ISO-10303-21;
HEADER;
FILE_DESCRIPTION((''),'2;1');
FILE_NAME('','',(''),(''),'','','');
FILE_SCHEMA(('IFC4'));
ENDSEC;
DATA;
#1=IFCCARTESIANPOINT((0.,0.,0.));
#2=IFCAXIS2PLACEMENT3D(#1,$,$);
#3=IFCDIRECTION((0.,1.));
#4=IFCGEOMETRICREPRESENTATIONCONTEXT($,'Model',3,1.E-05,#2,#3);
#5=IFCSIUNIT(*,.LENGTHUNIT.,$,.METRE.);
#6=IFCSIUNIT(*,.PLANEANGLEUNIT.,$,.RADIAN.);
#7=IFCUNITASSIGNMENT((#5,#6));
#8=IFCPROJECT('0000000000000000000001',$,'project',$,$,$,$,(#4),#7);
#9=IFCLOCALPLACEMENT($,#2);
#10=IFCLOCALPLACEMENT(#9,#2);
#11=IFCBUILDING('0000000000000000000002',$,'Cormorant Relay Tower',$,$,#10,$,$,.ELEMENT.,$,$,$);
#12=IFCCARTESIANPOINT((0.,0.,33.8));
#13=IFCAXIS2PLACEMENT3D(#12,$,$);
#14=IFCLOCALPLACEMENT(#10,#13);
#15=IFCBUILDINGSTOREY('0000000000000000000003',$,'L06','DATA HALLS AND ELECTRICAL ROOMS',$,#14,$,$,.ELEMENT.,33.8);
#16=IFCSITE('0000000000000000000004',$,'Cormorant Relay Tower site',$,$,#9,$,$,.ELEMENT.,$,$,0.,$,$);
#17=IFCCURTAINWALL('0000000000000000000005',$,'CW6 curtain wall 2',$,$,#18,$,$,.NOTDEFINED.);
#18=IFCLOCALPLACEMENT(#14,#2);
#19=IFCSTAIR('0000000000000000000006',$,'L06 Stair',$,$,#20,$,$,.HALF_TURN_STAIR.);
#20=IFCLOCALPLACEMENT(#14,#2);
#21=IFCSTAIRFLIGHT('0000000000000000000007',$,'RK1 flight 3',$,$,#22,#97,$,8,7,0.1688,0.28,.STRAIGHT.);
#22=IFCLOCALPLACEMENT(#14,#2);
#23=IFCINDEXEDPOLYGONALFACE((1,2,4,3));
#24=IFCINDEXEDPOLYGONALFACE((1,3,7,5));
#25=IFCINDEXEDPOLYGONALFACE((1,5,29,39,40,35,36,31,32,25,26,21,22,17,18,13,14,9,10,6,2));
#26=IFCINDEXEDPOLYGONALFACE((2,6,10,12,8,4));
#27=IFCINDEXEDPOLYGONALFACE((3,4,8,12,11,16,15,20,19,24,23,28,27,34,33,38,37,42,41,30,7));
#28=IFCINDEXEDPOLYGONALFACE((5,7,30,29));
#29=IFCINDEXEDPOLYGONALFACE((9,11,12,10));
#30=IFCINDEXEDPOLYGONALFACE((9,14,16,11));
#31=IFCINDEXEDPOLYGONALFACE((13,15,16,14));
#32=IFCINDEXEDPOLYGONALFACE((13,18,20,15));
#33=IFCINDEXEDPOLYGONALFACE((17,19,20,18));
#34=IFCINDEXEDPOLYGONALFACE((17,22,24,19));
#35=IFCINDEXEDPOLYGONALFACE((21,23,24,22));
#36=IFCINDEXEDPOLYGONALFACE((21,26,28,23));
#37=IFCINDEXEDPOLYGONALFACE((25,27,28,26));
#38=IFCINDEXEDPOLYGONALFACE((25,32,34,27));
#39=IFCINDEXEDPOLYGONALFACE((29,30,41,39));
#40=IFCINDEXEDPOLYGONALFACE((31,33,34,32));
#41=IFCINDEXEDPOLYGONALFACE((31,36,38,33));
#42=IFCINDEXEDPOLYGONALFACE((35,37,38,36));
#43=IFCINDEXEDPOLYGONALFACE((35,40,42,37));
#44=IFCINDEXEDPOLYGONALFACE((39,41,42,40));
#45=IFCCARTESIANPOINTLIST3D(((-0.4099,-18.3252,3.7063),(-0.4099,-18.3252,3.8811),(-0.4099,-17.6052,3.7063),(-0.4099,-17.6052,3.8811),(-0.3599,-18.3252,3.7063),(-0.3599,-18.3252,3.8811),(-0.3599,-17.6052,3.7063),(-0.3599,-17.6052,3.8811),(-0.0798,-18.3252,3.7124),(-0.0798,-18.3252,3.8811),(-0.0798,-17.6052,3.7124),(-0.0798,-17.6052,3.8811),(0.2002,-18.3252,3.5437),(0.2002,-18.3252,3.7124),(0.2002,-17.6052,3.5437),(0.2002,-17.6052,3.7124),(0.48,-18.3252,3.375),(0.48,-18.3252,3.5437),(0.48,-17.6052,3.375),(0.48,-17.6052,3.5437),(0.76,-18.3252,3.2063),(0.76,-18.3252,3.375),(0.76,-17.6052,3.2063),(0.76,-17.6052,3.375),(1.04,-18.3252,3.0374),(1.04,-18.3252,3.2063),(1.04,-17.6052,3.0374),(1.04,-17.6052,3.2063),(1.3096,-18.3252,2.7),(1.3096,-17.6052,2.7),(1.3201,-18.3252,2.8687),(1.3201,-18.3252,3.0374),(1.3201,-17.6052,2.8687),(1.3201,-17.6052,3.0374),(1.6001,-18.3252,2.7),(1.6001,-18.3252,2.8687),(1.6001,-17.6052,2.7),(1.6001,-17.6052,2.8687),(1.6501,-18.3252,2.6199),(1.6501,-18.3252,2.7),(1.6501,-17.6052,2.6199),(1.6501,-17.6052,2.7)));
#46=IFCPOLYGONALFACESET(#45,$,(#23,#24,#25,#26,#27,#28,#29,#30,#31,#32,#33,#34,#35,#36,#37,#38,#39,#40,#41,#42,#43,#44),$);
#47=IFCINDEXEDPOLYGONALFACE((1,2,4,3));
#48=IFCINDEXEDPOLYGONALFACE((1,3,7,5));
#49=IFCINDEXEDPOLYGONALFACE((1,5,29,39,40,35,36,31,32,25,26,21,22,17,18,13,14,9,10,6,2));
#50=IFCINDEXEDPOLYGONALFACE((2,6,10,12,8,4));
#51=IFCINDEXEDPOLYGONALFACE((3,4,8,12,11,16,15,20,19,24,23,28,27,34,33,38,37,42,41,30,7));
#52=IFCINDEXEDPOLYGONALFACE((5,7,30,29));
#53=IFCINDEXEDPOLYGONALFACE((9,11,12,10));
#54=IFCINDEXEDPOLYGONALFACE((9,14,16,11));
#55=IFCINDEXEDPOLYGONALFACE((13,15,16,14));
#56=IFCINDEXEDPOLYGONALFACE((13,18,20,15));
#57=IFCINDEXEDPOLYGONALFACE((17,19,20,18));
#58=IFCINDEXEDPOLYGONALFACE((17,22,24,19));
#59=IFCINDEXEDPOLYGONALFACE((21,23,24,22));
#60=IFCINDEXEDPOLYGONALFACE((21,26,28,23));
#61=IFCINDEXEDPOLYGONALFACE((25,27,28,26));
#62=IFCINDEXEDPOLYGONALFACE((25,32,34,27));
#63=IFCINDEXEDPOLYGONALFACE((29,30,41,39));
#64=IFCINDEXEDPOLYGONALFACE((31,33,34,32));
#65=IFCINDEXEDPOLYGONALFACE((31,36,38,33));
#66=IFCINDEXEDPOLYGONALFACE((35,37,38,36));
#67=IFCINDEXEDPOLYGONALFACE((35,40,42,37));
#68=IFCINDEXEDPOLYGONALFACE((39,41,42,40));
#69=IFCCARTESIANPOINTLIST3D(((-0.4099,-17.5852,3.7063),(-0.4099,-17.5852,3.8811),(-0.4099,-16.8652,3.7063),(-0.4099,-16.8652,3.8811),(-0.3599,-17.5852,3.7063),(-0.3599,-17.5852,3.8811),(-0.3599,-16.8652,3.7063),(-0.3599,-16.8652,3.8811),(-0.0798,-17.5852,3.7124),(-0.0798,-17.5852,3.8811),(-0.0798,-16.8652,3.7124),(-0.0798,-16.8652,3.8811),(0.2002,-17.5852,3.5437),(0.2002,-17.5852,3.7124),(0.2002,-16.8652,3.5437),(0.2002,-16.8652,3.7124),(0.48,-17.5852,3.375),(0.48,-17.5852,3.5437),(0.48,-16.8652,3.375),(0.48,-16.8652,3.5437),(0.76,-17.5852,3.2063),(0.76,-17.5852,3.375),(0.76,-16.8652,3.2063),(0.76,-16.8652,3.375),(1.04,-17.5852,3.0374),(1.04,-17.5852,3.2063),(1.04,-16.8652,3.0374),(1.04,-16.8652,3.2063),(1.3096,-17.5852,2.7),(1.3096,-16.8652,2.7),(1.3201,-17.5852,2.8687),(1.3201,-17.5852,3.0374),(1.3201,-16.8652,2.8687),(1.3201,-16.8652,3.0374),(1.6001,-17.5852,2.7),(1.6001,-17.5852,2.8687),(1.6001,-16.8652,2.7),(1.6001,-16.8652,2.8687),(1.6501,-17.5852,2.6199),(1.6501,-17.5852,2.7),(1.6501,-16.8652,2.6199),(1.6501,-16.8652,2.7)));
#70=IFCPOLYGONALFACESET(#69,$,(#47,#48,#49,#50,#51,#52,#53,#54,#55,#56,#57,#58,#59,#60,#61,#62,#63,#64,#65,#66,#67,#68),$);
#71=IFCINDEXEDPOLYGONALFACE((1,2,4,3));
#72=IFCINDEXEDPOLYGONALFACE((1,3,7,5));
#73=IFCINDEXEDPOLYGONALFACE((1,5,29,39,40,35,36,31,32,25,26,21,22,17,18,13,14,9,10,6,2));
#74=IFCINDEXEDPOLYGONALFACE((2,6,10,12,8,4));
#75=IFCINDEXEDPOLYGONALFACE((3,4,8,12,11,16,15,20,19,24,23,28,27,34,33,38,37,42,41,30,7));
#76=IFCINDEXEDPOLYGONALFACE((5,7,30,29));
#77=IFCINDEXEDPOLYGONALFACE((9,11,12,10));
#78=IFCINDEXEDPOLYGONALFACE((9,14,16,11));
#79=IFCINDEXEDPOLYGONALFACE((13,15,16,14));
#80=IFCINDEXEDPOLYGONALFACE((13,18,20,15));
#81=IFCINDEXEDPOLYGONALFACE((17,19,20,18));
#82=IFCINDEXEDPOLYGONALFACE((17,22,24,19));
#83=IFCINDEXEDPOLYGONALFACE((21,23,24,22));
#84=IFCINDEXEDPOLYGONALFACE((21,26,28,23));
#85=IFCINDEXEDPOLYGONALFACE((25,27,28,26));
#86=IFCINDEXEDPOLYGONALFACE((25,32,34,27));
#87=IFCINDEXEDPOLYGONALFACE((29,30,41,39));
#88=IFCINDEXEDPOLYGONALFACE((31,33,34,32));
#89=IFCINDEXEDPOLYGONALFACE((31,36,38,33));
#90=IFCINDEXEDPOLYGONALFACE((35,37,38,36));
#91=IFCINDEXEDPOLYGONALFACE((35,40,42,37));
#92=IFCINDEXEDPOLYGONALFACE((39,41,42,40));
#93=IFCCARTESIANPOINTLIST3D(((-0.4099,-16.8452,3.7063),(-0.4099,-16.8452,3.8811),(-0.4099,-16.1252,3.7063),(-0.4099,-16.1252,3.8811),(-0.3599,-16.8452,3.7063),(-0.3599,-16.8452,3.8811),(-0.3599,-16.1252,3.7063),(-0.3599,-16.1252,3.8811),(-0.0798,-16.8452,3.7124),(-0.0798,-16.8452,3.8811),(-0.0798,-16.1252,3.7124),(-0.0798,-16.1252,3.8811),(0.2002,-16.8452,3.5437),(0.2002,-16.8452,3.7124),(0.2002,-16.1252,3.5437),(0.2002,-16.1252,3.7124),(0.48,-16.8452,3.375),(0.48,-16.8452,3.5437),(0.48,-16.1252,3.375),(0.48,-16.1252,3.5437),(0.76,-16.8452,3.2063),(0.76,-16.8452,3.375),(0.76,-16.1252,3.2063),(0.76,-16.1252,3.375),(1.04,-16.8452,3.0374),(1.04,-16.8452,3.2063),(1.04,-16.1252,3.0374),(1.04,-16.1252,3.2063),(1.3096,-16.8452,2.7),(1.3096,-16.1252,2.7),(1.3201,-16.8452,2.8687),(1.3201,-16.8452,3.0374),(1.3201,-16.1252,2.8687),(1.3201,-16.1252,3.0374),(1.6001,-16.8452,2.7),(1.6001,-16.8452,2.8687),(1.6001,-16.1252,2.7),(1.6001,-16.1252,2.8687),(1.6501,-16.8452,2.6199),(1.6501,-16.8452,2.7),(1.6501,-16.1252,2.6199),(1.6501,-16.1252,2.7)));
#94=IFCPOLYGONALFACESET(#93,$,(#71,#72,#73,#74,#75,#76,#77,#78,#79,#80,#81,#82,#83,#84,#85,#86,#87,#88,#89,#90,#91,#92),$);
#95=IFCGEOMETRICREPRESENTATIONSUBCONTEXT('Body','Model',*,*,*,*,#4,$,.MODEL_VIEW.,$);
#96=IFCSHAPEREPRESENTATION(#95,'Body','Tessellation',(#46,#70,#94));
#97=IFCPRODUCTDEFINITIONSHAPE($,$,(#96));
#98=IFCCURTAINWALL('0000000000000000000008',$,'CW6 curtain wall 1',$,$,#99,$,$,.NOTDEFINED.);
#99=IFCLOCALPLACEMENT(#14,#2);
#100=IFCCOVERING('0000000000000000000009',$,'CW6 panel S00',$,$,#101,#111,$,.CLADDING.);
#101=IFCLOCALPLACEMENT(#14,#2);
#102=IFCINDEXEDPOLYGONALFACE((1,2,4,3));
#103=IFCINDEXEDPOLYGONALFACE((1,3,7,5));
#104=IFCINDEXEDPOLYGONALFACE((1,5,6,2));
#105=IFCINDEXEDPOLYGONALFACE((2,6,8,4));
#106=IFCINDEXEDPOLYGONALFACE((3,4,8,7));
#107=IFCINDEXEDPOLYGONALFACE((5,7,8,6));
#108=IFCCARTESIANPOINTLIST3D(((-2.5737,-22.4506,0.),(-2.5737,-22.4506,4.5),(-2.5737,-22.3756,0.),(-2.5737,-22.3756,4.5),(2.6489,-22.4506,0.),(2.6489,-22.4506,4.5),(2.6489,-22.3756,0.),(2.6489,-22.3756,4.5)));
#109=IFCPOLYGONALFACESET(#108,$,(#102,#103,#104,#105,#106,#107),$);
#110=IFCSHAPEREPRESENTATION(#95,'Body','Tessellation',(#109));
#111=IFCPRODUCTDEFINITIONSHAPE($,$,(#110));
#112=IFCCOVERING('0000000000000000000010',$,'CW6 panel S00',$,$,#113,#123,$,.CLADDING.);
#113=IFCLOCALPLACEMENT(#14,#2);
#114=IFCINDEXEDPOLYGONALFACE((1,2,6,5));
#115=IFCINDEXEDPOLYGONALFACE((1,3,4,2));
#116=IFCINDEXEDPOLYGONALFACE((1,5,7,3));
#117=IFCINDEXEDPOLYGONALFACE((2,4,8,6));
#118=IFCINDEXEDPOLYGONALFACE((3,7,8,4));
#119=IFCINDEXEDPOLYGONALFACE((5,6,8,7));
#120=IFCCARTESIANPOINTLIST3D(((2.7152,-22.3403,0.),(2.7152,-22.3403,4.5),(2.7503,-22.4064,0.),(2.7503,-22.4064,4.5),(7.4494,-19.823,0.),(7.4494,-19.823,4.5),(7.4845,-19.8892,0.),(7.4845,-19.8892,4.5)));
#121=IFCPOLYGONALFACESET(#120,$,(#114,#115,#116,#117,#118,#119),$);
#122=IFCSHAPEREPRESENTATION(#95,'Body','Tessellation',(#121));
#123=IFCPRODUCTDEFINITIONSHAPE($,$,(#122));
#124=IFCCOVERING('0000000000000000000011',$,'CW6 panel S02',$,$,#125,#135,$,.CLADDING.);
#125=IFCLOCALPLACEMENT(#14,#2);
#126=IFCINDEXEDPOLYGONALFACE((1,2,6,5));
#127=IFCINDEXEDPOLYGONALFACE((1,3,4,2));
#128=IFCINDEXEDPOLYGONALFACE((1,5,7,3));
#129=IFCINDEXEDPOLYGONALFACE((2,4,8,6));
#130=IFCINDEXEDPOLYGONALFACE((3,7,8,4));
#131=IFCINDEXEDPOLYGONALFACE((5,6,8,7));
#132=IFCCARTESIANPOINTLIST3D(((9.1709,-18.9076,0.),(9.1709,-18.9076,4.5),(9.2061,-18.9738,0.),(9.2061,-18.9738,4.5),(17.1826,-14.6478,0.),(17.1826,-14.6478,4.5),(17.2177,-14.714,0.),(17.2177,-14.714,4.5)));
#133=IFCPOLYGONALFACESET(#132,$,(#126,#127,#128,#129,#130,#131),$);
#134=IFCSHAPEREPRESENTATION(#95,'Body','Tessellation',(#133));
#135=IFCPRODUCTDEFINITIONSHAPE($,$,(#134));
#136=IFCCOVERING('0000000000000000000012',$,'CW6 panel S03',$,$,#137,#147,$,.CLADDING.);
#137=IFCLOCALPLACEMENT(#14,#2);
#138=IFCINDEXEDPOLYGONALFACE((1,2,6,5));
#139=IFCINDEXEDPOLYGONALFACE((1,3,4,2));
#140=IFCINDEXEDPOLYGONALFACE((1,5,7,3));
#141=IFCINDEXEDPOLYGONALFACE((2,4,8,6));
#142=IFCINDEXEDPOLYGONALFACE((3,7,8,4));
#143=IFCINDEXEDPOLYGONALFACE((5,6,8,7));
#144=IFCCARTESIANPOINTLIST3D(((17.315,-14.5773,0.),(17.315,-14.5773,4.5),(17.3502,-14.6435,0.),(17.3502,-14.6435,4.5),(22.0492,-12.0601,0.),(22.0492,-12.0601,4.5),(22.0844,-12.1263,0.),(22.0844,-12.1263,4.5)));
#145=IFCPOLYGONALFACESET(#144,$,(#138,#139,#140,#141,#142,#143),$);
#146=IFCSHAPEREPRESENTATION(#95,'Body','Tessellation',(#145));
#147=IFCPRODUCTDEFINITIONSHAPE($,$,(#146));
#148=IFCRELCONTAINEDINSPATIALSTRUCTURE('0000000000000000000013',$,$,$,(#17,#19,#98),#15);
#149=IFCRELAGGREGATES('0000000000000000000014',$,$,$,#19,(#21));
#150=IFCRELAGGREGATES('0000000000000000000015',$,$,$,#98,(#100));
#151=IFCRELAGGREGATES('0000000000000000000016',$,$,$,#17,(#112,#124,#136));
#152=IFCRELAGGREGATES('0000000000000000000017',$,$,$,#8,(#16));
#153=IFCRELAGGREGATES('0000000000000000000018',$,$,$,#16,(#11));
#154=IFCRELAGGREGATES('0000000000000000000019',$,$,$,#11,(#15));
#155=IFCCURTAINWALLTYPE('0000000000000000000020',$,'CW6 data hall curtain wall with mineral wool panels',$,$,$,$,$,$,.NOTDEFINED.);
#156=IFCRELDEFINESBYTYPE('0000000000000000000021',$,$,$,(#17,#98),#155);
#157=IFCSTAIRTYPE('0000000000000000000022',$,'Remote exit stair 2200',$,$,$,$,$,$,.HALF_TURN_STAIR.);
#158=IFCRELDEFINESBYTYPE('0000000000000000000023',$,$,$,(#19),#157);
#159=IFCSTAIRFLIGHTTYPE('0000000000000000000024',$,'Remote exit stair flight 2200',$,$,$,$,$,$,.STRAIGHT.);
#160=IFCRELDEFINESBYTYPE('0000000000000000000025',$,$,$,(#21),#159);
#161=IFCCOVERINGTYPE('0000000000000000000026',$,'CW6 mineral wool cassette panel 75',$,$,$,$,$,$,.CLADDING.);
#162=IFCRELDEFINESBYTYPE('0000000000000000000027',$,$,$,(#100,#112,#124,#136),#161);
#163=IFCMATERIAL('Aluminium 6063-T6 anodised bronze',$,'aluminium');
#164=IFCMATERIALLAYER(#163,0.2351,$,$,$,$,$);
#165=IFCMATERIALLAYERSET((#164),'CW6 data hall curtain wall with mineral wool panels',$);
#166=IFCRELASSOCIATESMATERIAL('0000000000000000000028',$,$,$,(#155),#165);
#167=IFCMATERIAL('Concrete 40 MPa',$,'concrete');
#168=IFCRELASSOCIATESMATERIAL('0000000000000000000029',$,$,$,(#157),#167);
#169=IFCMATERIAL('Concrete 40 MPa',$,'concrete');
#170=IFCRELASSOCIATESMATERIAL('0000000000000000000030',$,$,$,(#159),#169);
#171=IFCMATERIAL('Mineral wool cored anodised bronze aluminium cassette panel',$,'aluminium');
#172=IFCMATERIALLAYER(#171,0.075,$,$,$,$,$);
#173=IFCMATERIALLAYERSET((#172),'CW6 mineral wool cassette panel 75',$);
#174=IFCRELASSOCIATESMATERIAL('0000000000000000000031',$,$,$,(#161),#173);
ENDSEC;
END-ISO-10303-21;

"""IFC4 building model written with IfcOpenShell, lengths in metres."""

from ifc_helpers import new_model, si_unit, direction, frame, origin, origin_2d, place, context, subcontext, project, spatial, polyline, rectangle, outline, extrude, material, layer, layer_set, type_object, element, aggregate, save


model = new_model("IFC4")

# Units and contexts
model_context = context("Model", 3, precision=1e-05, world=origin(), true_north=direction((0.0, 1.0)))
body_context = subcontext(model_context, "Body", "Model", "MODEL_VIEW")
ifc_project = project(units=[si_unit("LENGTHUNIT", "METRE"), si_unit("PLANEANGLEUNIT", "RADIAN")], contexts=[model_context])

# Site, building, storey
site_placement = place(None, origin())
site = spatial("IfcSite", under=ifc_project, at=site_placement, Name="Cormorant Relay Tower site", CompositionType="ELEMENT", RefElevation=0.0)
building_placement = place(site_placement, origin())
building = spatial("IfcBuilding", under=site, at=building_placement, Name="Cormorant Relay Tower", CompositionType="ELEMENT")
storey_placement = place(building_placement, frame((0.0, 0.0, 33.8)))
storey = spatial("IfcBuildingStorey", under=building, at=storey_placement, Name="L06", Description="DATA HALLS AND ELECTRICAL ROOMS", CompositionType="ELEMENT", Elevation=33.8)

# Curtain wall
ifc_material_1 = material(Name="Aluminium 6063-T6 anodised bronze", Category="aluminium")
ifc_layer_1 = layer(ifc_material_1, 0.2351)
ifc_layer_set_1 = layer_set([ifc_layer_1], Name="CW6 data hall curtain wall with mineral wool panels")
curtain_wall_type = type_object("IfcCurtainWallType", Name="CW6 data hall curtain wall with mineral wool panels", PredefinedType="NOTDEFINED", material=ifc_layer_set_1)
curtain_wall_1_placement = place(storey_placement, origin())
curtain_wall_1 = element("IfcCurtainWall", 1, at=curtain_wall_1_placement, inside=storey, type_object=curtain_wall_type, Name="CW6 curtain wall 2", PredefinedType="NOTDEFINED")

# Stair, stair flight
ifc_material_2 = material(Name="Concrete 40 MPa", Category="concrete")
stair_type = type_object("IfcStairType", Name="Remote exit stair 2200", PredefinedType="HALF_TURN_STAIR", material=ifc_material_2)
stair_placement = place(storey_placement, origin())
stair = element("IfcStair", 2, at=stair_placement, inside=storey, type_object=stair_type, Name="L06 Stair", PredefinedType="HALF_TURN_STAIR")
ifc_material_3 = material(Name="Concrete 40 MPa", Category="concrete")
stair_flight_type = type_object("IfcStairFlightType", Name="Remote exit stair flight 2200", PredefinedType="STRAIGHT", material=ifc_material_3)
stair_flight_1_placement = place(storey_placement, frame((1.6001, -17.2251, 2.7), z_axis=(0.0, 0.0, 1.0), x_axis=(-1.0, 0.0, 0.0)))
stair_flight_1 = element("IfcStairFlight", 3, at=stair_flight_1_placement, type_object=stair_flight_type, Name="RK1 flight 3", NumberOfRisers=8, NumberOfTreads=7, PredefinedType="STRAIGHT", RiserHeight=0.1688, TreadLength=0.28, context=body_context, shape_type="SweptSolid", body=[
    extrude(outline(polyline([(-0.05, -0.0801), (-0.05, 0.0), (0.0, 0.0), (0.0, 0.1687), (0.28, 0.1687), (0.28, 0.3374), (0.5601, 0.3374), (0.5601, 0.5063), (0.8401, 0.5063), (0.8401, 0.675), (1.1201, 0.675), (1.1201, 0.8438), (1.3999, 0.8438), (1.3999, 1.0125), (1.6799, 1.0125), (1.6799, 1.1812), (1.96, 1.1812), (2.01, 1.1812), (2.01, 1.0063), (1.96, 1.0063), (0.2905, 0.0), (-0.05, -0.0801)])), frame((0.0, 1.1001, 0.0), z_axis=(0.0, -1.0, 0.0), x_axis=(1.0, 0.0, 0.0)), (0.0, 0.0, 1.0), 0.72),
    extrude(outline(polyline([(-0.05, -0.0801), (-0.05, 0.0), (0.0, 0.0), (0.0, 0.1687), (0.28, 0.1687), (0.28, 0.3374), (0.5601, 0.3374), (0.5601, 0.5063), (0.8401, 0.5063), (0.8401, 0.675), (1.1201, 0.675), (1.1201, 0.8438), (1.3999, 0.8438), (1.3999, 1.0125), (1.6799, 1.0125), (1.6799, 1.1812), (1.96, 1.1812), (2.01, 1.1812), (2.01, 1.0063), (1.96, 1.0063), (0.2905, 0.0), (-0.05, -0.0801)])), frame((0.0, 0.3601, 0.0), z_axis=(0.0, -1.0, 0.0), x_axis=(1.0, 0.0, 0.0)), (0.0, 0.0, 1.0), 0.72),
    extrude(outline(polyline([(-0.05, -0.0801), (-0.05, 0.0), (0.0, 0.0), (0.0, 0.1687), (0.28, 0.1687), (0.28, 0.3374), (0.5601, 0.3374), (0.5601, 0.5063), (0.8401, 0.5063), (0.8401, 0.675), (1.1201, 0.675), (1.1201, 0.8438), (1.3999, 0.8438), (1.3999, 1.0125), (1.6799, 1.0125), (1.6799, 1.1812), (1.96, 1.1812), (2.01, 1.1812), (2.01, 1.0063), (1.96, 1.0063), (0.2905, 0.0), (-0.05, -0.0801)])), frame((0.0, -0.3799, 0.0), z_axis=(0.0, -1.0, 0.0), x_axis=(1.0, 0.0, 0.0)), (0.0, 0.0, 1.0), 0.72),
])
aggregate(stair, [stair_flight_1])

# Curtain wall, covering
curtain_wall_2_placement = place(storey_placement, origin())
curtain_wall_2 = element("IfcCurtainWall", 4, at=curtain_wall_2_placement, inside=storey, type_object=curtain_wall_type, Name="CW6 curtain wall 1", PredefinedType="NOTDEFINED")
ifc_material_4 = material(Name="Mineral wool cored anodised bronze aluminium cassette panel", Category="aluminium")
ifc_layer_2 = layer(ifc_material_4, 0.075)
ifc_layer_set_2 = layer_set([ifc_layer_2], Name="CW6 mineral wool cassette panel 75")
covering_type = type_object("IfcCoveringType", Name="CW6 mineral wool cassette panel 75", PredefinedType="CLADDING", material=ifc_layer_set_2)
covering_1_placement = place(storey_placement, frame((0.0376, -22.4131, 0.0), z_axis=(0.0, 0.0, 1.0), x_axis=(1.0, 0.0, 0.0)))
covering_1 = element("IfcCovering", 5, at=covering_1_placement, type_object=covering_type, Name="CW6 panel S00", PredefinedType="CLADDING", context=body_context, shape_type="SweptSolid", body=[
    extrude(rectangle(XDim=5.2227, YDim=0.075, at=origin_2d()), origin(), (0.0, 0.0, 1.0), 4.5),
])
aggregate(curtain_wall_2, [covering_1])

# Coverings
covering_2_placement = place(storey_placement, frame((5.0999, -21.1147, 0.0), z_axis=(0.0, 0.0, 1.0), x_axis=(0.882948, 0.469472, 0.0)))
covering_2 = element("IfcCovering", 6, at=covering_2_placement, type_object=covering_type, Name="CW6 panel S00", PredefinedType="CLADDING", context=body_context, shape_type="SweptSolid", body=[
    extrude(rectangle(XDim=5.3618, YDim=0.075, at=origin_2d()), origin(), (0.0, 0.0, 1.0), 4.5),
])
covering_3_placement = place(storey_placement, frame((13.1943, -16.8108, 0.0), z_axis=(0.0, 0.0, 1.0), x_axis=(0.882948, 0.469472, 0.0)))
covering_3 = element("IfcCovering", 7, at=covering_3_placement, type_object=covering_type, Name="CW6 panel S02", PredefinedType="CLADDING", context=body_context, shape_type="SweptSolid", body=[
    extrude(rectangle(XDim=9.0737, YDim=0.075, at=origin_2d()), origin(), (0.0, 0.0, 1.0), 4.5),
])
covering_4_placement = place(storey_placement, frame((19.6997, -13.3518, 0.0), z_axis=(0.0, 0.0, 1.0), x_axis=(0.882948, 0.469472, 0.0)))
covering_4 = element("IfcCovering", 8, at=covering_4_placement, type_object=covering_type, Name="CW6 panel S03", PredefinedType="CLADDING", context=body_context, shape_type="SweptSolid", body=[
    extrude(rectangle(XDim=5.3618, YDim=0.075, at=origin_2d()), origin(), (0.0, 0.0, 1.0), 4.5),
])
aggregate(curtain_wall_1, [covering_2, covering_3, covering_4])

save(model, "model.ifc")
